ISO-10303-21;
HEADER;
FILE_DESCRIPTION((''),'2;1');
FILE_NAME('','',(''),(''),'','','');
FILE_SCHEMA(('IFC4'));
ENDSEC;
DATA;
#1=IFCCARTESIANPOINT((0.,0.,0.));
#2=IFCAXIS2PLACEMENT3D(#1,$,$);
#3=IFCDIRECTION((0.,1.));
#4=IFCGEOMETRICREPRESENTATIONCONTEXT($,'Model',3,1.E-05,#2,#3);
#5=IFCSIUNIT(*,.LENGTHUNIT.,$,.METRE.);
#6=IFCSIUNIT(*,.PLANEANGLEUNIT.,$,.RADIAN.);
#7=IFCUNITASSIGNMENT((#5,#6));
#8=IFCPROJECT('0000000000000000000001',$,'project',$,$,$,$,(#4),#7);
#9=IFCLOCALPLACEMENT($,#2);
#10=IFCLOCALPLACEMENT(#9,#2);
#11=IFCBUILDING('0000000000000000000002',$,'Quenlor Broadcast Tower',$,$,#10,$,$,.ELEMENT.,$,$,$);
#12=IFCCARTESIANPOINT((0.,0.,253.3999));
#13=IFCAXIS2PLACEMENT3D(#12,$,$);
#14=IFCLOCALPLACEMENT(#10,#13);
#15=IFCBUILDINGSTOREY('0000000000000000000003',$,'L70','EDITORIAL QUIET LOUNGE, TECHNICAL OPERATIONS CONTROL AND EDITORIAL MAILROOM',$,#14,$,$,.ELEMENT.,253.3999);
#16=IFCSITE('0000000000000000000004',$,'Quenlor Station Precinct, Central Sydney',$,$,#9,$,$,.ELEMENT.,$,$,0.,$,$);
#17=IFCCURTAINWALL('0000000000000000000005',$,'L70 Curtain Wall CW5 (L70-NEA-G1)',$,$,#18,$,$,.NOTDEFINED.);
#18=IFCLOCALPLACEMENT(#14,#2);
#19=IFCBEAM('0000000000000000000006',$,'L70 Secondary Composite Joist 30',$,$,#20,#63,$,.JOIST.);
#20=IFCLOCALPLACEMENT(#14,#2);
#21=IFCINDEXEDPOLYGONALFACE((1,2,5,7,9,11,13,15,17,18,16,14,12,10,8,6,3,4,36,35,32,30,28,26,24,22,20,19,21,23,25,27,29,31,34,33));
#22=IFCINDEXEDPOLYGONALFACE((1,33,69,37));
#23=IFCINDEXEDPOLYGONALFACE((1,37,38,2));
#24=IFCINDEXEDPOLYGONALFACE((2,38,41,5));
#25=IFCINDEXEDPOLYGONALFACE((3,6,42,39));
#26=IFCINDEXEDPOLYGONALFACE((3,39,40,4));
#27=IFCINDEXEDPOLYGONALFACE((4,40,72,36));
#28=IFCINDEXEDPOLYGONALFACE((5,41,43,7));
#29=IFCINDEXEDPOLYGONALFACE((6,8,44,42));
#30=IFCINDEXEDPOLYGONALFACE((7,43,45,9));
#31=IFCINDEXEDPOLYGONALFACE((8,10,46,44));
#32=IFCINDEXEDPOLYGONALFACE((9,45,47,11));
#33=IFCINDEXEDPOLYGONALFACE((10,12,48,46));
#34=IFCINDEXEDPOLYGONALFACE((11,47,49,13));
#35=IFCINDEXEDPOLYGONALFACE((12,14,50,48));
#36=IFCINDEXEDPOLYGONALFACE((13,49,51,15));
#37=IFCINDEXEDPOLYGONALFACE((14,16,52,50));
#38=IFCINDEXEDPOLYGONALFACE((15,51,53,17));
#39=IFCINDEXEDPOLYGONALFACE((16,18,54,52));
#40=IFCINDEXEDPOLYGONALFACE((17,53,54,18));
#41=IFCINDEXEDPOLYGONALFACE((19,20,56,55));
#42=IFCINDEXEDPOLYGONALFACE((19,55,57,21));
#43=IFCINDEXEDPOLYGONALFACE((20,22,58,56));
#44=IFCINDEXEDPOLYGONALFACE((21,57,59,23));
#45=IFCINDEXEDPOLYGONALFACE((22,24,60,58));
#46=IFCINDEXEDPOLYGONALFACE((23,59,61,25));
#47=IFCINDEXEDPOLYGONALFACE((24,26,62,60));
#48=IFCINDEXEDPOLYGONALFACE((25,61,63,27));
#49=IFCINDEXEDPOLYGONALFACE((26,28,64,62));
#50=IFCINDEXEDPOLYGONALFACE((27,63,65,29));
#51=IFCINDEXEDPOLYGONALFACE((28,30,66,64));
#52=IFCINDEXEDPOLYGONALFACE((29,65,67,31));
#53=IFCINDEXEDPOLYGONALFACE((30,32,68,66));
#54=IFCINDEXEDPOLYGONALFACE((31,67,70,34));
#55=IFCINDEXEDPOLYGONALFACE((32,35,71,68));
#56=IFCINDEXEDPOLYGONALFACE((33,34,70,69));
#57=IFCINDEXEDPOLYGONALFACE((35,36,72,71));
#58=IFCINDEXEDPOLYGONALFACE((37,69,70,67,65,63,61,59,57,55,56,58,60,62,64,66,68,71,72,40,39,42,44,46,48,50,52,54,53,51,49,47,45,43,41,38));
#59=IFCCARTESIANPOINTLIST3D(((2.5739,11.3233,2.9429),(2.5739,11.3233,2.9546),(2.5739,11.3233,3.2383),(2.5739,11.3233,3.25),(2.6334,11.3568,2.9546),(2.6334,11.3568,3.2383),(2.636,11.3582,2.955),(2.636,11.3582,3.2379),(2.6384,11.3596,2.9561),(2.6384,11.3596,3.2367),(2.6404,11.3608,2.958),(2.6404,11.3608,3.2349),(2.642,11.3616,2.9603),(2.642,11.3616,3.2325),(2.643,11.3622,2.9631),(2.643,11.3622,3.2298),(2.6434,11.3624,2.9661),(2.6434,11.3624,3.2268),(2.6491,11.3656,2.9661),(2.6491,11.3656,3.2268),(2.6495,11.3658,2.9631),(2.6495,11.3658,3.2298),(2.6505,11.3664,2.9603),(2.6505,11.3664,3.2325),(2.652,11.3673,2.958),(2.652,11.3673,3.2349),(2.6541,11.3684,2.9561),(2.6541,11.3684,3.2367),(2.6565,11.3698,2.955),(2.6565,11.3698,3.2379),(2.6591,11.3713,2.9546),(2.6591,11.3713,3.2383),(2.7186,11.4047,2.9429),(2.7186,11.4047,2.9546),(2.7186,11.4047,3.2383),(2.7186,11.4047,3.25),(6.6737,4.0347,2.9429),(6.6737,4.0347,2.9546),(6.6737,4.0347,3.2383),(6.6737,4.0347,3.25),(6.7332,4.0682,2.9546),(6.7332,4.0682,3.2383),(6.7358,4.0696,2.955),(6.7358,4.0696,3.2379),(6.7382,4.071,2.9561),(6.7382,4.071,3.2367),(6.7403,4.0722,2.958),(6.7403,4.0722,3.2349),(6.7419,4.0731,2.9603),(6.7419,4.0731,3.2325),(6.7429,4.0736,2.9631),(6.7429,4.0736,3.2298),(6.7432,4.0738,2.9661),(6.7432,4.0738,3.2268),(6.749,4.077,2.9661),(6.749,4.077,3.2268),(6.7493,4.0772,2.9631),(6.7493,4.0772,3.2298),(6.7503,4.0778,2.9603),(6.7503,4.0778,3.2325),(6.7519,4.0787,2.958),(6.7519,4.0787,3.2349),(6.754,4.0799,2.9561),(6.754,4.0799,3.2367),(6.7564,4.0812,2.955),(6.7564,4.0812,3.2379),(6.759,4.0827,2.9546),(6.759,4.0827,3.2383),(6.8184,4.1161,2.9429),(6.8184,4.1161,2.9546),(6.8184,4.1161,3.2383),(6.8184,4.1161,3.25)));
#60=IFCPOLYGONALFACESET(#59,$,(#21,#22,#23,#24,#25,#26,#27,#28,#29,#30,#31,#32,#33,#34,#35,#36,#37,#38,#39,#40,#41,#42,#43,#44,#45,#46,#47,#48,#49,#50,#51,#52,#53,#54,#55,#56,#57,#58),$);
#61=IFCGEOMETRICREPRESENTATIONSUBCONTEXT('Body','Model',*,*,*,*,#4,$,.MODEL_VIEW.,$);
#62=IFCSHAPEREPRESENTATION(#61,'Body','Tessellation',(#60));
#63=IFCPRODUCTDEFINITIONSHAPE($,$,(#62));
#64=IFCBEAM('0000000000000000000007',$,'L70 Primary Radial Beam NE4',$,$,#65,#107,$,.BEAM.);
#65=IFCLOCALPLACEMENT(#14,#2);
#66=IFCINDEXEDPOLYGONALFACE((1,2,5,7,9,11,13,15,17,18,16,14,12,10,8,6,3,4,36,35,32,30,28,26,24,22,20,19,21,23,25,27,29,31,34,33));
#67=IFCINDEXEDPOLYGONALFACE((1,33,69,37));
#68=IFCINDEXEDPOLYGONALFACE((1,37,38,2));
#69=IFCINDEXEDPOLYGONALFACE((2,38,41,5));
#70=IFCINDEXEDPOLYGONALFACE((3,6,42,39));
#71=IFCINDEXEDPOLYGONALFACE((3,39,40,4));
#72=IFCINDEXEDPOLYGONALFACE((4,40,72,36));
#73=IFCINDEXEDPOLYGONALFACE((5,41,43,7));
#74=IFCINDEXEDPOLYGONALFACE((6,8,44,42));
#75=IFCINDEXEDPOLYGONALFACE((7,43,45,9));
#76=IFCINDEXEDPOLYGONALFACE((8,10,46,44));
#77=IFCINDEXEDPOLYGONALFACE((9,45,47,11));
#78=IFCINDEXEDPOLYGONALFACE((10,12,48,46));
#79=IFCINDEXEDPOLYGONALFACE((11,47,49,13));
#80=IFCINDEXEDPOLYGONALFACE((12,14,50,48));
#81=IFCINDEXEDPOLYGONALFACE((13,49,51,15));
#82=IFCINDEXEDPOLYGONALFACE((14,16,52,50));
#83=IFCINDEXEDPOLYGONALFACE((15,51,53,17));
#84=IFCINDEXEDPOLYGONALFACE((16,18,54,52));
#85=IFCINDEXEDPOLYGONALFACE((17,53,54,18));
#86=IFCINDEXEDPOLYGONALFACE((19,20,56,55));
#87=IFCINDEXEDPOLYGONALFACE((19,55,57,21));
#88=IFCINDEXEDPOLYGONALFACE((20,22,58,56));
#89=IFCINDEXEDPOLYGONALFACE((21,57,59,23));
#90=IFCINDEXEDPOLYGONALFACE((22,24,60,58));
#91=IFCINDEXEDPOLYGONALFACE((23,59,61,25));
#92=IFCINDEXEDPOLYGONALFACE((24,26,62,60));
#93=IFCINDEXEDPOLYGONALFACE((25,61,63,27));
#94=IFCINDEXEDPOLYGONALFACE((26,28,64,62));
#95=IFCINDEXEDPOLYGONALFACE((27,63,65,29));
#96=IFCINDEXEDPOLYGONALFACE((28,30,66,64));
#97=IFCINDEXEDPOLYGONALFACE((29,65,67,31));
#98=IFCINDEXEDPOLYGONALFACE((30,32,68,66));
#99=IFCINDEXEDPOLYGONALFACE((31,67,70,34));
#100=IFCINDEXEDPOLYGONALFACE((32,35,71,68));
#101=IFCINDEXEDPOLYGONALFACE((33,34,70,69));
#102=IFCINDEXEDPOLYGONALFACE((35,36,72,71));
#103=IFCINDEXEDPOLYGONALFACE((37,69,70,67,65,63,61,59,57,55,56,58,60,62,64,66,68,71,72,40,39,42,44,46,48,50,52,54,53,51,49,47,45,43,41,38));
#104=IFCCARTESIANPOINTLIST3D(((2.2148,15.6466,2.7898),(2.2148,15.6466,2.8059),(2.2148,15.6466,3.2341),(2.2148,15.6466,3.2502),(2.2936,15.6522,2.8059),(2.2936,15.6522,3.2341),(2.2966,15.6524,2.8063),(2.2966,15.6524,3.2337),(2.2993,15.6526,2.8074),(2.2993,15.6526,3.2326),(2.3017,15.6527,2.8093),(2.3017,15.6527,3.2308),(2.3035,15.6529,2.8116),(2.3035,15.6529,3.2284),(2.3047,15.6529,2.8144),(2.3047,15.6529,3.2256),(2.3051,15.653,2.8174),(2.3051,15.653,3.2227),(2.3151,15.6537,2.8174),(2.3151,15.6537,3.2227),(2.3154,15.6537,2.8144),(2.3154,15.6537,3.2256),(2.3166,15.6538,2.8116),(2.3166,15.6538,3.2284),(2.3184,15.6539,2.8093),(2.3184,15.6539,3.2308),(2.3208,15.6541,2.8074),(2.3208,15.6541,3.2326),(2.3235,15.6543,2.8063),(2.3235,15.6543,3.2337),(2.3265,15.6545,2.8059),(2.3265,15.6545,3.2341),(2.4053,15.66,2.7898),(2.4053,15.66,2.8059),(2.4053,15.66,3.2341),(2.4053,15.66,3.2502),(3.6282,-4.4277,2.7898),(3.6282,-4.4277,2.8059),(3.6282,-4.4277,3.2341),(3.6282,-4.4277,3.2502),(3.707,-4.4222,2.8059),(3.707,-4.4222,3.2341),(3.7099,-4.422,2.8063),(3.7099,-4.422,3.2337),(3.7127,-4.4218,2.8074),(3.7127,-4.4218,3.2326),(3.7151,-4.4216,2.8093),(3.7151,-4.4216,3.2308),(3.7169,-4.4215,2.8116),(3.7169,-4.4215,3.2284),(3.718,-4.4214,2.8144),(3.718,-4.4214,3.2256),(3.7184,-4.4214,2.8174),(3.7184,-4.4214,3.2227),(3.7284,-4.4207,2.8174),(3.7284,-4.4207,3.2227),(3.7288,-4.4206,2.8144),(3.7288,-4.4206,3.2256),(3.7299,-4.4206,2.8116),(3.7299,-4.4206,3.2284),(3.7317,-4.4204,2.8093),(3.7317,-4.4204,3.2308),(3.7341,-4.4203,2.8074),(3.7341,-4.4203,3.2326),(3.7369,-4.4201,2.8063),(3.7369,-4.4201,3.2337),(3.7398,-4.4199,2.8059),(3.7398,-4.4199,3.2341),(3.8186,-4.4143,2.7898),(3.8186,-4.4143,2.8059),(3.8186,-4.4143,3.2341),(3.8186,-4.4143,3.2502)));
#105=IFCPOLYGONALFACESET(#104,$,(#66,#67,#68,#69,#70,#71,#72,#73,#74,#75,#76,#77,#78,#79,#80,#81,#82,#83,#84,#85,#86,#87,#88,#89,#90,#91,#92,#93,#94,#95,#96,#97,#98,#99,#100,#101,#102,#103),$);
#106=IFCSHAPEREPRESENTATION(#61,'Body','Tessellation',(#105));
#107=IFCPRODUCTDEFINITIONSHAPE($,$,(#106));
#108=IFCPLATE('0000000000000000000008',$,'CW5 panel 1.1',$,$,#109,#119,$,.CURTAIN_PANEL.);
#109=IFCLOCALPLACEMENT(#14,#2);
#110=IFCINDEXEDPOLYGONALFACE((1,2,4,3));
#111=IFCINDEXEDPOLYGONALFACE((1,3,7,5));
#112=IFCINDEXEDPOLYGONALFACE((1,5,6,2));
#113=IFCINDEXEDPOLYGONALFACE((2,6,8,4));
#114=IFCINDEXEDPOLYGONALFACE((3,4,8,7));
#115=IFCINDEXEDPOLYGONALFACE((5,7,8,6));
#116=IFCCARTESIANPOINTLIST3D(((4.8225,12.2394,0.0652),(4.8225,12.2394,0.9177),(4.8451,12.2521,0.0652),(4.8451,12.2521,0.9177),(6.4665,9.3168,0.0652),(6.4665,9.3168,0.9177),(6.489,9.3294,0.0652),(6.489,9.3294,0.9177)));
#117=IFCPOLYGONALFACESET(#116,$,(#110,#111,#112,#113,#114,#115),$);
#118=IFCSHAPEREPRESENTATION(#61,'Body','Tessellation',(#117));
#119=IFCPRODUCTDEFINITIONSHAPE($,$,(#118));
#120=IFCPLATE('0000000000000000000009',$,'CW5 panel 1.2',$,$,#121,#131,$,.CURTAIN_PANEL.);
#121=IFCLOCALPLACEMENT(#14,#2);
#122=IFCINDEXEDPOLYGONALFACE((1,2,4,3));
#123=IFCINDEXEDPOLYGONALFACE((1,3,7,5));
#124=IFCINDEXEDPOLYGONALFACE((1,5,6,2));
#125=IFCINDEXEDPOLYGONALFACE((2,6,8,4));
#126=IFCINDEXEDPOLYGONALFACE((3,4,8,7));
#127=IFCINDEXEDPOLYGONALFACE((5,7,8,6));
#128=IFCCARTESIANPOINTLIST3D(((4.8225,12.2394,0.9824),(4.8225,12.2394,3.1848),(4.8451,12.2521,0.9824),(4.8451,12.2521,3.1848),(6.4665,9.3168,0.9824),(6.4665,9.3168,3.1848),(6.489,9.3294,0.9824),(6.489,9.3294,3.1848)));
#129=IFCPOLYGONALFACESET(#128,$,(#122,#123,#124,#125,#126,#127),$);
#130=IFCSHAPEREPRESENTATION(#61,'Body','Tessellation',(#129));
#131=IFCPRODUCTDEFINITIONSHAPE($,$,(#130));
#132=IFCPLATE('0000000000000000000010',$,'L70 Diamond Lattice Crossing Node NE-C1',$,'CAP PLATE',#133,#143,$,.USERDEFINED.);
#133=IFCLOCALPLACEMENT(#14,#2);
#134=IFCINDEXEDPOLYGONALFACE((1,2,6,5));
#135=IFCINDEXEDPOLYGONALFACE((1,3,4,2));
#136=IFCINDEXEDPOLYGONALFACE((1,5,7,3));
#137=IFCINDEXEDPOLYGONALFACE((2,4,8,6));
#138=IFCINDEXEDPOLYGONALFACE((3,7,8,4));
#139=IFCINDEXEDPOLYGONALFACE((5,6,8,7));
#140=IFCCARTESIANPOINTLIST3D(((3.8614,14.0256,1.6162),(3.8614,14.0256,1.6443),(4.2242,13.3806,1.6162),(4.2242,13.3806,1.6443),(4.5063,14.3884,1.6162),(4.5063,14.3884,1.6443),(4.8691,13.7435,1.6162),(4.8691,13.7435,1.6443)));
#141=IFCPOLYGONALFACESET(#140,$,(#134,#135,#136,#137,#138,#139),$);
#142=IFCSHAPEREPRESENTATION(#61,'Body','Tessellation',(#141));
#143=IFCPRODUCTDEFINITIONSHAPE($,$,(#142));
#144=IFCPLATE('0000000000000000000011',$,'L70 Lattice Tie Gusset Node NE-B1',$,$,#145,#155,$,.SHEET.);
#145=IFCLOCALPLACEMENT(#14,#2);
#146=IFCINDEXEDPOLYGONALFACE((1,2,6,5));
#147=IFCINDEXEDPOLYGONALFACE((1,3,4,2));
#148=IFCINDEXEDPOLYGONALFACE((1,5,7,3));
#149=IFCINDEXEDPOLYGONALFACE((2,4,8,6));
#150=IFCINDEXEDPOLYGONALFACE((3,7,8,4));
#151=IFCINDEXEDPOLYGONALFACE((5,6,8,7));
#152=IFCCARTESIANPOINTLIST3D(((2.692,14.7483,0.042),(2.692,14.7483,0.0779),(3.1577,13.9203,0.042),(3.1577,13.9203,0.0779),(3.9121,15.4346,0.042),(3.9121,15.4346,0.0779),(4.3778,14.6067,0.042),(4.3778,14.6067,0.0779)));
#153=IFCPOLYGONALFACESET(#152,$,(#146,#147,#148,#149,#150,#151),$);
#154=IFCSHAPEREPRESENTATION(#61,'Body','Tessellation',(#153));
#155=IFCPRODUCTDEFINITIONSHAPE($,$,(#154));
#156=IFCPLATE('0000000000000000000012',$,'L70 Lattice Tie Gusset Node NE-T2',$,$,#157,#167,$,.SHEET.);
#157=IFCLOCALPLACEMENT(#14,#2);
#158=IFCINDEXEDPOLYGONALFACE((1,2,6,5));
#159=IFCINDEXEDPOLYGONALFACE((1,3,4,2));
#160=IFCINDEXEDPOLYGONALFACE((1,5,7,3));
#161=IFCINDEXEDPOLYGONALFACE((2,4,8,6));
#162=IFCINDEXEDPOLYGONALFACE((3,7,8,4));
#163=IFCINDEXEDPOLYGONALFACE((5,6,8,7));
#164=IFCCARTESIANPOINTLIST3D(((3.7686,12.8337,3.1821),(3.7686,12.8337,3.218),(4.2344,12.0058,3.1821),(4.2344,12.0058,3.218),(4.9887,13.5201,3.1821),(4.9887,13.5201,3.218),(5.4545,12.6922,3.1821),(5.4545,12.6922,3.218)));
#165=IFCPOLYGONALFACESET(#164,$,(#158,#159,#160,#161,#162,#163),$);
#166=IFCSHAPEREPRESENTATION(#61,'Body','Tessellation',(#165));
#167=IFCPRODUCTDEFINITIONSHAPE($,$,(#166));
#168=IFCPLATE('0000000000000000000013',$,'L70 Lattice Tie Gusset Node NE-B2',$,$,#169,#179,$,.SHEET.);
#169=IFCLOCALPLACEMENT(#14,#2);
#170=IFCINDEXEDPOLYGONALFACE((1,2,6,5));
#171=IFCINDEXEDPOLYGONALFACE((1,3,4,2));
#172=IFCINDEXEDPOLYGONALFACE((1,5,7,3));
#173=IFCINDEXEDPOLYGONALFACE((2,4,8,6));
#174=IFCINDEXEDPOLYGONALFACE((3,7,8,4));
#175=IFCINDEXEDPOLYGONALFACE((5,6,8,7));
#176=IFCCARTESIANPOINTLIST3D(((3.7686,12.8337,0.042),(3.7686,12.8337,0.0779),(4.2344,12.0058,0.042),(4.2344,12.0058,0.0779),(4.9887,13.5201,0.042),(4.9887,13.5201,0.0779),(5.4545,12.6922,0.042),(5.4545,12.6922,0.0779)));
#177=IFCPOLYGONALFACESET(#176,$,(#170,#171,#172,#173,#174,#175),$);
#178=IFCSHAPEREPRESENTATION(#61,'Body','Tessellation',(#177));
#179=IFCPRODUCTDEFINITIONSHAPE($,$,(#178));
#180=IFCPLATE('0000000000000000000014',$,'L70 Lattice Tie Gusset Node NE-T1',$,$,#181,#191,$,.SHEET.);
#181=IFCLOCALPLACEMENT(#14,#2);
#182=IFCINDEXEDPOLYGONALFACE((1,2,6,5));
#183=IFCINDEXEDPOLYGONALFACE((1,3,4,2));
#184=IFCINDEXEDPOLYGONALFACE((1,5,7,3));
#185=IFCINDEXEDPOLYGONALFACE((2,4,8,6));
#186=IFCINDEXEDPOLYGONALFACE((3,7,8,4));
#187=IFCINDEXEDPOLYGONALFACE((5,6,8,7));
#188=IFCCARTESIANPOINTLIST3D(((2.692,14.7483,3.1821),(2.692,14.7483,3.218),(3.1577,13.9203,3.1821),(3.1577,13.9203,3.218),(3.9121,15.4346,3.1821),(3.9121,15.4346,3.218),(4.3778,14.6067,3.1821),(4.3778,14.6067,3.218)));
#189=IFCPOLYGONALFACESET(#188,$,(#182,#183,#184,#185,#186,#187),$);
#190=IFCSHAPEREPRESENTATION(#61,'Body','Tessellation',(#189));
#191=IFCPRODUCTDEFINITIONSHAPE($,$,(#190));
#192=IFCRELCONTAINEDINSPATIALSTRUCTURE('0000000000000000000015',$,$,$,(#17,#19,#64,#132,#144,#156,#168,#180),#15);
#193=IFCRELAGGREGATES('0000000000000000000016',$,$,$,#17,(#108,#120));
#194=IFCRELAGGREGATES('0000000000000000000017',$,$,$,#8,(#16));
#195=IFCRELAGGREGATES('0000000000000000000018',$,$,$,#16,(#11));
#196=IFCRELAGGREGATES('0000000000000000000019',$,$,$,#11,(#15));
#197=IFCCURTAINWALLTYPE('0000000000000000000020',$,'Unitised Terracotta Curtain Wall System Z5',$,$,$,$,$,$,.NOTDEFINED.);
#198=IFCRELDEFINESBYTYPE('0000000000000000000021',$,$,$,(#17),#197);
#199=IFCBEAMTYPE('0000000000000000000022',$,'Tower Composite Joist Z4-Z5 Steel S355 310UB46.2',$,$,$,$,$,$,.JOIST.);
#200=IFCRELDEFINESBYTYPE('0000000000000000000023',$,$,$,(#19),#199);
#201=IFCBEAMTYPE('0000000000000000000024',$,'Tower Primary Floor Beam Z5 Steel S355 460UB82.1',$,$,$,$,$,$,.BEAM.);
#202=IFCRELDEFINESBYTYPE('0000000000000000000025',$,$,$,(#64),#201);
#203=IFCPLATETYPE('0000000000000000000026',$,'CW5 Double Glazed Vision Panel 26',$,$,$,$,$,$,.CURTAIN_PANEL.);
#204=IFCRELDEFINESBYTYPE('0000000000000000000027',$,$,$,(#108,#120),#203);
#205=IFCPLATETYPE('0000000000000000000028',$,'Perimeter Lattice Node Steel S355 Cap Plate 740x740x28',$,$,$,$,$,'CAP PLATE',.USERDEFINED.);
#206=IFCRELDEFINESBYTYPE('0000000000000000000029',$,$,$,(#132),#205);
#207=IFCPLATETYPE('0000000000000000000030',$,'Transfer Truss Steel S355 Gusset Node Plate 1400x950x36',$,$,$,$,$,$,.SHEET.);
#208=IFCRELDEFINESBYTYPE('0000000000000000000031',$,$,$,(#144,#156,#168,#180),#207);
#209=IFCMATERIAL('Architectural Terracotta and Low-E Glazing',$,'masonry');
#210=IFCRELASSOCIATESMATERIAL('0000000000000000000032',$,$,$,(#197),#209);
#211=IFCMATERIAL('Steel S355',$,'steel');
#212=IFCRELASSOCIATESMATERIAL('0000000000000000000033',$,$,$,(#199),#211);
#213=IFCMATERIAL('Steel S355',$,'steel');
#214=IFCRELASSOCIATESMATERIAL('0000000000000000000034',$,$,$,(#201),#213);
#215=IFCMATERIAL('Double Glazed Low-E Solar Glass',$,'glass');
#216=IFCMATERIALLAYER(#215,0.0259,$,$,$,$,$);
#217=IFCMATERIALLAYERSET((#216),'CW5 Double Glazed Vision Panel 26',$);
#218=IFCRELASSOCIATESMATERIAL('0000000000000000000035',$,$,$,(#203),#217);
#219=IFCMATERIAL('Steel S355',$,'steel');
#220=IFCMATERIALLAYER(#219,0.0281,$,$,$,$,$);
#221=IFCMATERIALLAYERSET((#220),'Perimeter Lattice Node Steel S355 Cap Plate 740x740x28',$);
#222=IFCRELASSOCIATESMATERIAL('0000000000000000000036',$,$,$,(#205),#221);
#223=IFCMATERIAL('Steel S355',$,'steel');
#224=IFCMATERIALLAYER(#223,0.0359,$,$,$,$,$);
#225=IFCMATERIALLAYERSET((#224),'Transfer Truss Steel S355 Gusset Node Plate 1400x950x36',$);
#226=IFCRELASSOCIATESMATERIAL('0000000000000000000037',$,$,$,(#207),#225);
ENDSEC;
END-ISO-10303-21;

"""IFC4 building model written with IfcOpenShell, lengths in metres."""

from ifc_helpers import new_model, si_unit, direction, frame, origin, origin_2d, place, context, subcontext, project, spatial, rectangle, i_section, extrude, material, layer, layer_set, material_profile, profile_set, type_object, element, aggregate, save


model = new_model("IFC4")

# Units and contexts
model_context = context("Model", 3, precision=1e-05, world=origin(), true_north=direction((0.0, 1.0)))
body_context = subcontext(model_context, "Body", "Model", "MODEL_VIEW")
ifc_project = project(units=[si_unit("LENGTHUNIT", "METRE"), si_unit("PLANEANGLEUNIT", "RADIAN")], contexts=[model_context])

# Site, building, storey
site_placement = place(None, origin())
site = spatial("IfcSite", under=ifc_project, at=site_placement, Name="Quenlor Station Precinct, Central Sydney", CompositionType="ELEMENT", RefElevation=0.0)
building_placement = place(site_placement, origin())
building = spatial("IfcBuilding", under=site, at=building_placement, Name="Quenlor Broadcast Tower", CompositionType="ELEMENT")
storey_placement = place(building_placement, frame((0.0, 0.0, 253.3999)))
storey = spatial("IfcBuildingStorey", under=building, at=storey_placement, Name="L70", Description="EDITORIAL QUIET LOUNGE, TECHNICAL OPERATIONS CONTROL AND EDITORIAL MAILROOM", CompositionType="ELEMENT", Elevation=253.3999)

# Curtain wall
ifc_material_1 = material(Name="Architectural Terracotta and Low-E Glazing", Category="masonry")
curtain_wall_type = type_object("IfcCurtainWallType", Name="Unitised Terracotta Curtain Wall System Z5", PredefinedType="NOTDEFINED", material=ifc_material_1)
curtain_wall_placement = place(storey_placement, origin())
curtain_wall = element("IfcCurtainWall", 1, at=curtain_wall_placement, inside=storey, type_object=curtain_wall_type, Name="L70 Curtain Wall CW5 (L70-NEA-G1)", PredefinedType="NOTDEFINED")

# Beams
ifc_material_2 = material(Name="Steel S355", Category="steel")
ifc_material_profile_1 = material_profile(ifc_material_2, i_section(OverallWidth=0.166, OverallDepth=0.3071, WebThickness=0.0066, FlangeThickness=0.0117, FilletRadius=0.0115, at=origin_2d()))
ifc_profile_set_1 = profile_set([ifc_material_profile_1], Name="Steel S355 310UB46.2")
beam_type_1 = type_object("IfcBeamType", Name="Tower Composite Joist Z4-Z5 Steel S355 310UB46.2", PredefinedType="JOIST", material=ifc_profile_set_1)
beam_1_placement = place(storey_placement, frame((2.6462, 11.364, 3.0964), z_axis=(0.490264, -0.871574, 0.0), x_axis=(0.871574, 0.490264, 0.0)))
element("IfcBeam", 2, at=beam_1_placement, inside=storey, type_object=beam_type_1, Name="L70 Secondary Composite Joist 30", PredefinedType="JOIST", context=body_context, shape_type="SweptSolid", body=[
    extrude(i_section(OverallWidth=0.166, OverallDepth=0.3071, WebThickness=0.0066, FlangeThickness=0.0117, FilletRadius=0.0115, at=origin_2d()), origin(), (0.0, 0.0, 1.0), 8.3625),
])
ifc_material_3 = material(Name="Steel S355", Category="steel")
ifc_material_profile_2 = material_profile(ifc_material_3, i_section(OverallWidth=0.1909, OverallDepth=0.4604, WebThickness=0.01, FlangeThickness=0.0161, FilletRadius=0.0115, at=origin_2d()))
ifc_profile_set_2 = profile_set([ifc_material_profile_2], Name="Steel S355 460UB82.1")
beam_type_2 = type_object("IfcBeamType", Name="Tower Primary Floor Beam Z5 Steel S355 460UB82.1", PredefinedType="BEAM", material=ifc_profile_set_2)
beam_2_placement = place(storey_placement, frame((2.3101, 15.6533, 3.02), z_axis=(0.070231, -0.997531, 0.0), x_axis=(0.997531, 0.070231, 0.0)))
element("IfcBeam", 3, at=beam_2_placement, inside=storey, type_object=beam_type_2, Name="L70 Primary Radial Beam NE4", PredefinedType="BEAM", context=body_context, shape_type="SweptSolid", body=[
    extrude(i_section(OverallWidth=0.1909, OverallDepth=0.4604, WebThickness=0.01, FlangeThickness=0.0161, FilletRadius=0.0115, at=origin_2d()), origin(), (0.0, 0.0, 1.0), 20.124),
])

# Plates
ifc_material_4 = material(Name="Double Glazed Low-E Solar Glass", Category="glass")
ifc_layer_1 = layer(ifc_material_4, 0.0259)
ifc_layer_set_1 = layer_set([ifc_layer_1], Name="CW5 Double Glazed Vision Panel 26")
plate_type_1 = type_object("IfcPlateType", Name="CW5 Double Glazed Vision Panel 26", PredefinedType="CURTAIN_PANEL", material=ifc_layer_set_1)
plate_1_placement = place(storey_placement, frame((5.6558, 10.7844, 0.0652), z_axis=(0.0, 0.0, 1.0), x_axis=(0.49025, -0.871582, 0.0)))
plate_1 = element("IfcPlate", 4, at=plate_1_placement, type_object=plate_type_1, Name="CW5 panel 1.1", PredefinedType="CURTAIN_PANEL", context=body_context, shape_type="SweptSolid", body=[
    extrude(rectangle(XDim=3.3533, YDim=0.0259, at=origin_2d()), origin(), (0.0, 0.0, 1.0), 0.8525),
])
plate_2_placement = place(storey_placement, frame((5.6558, 10.7844, 0.9824), z_axis=(0.0, 0.0, 1.0), x_axis=(0.49025, -0.871582, 0.0)))
plate_2 = element("IfcPlate", 5, at=plate_2_placement, type_object=plate_type_1, Name="CW5 panel 1.2", PredefinedType="CURTAIN_PANEL", context=body_context, shape_type="SweptSolid", body=[
    extrude(rectangle(XDim=3.3533, YDim=0.0259, at=origin_2d()), origin(), (0.0, 0.0, 1.0), 2.2024),
])
aggregate(curtain_wall, [plate_1, plate_2])

# Plates
ifc_material_5 = material(Name="Steel S355", Category="steel")
ifc_layer_2 = layer(ifc_material_5, 0.0281)
ifc_layer_set_2 = layer_set([ifc_layer_2], Name="Perimeter Lattice Node Steel S355 Cap Plate 740x740x28")
plate_type_2 = type_object("IfcPlateType", Name="Perimeter Lattice Node Steel S355 Cap Plate 740x740x28", ElementType="CAP PLATE", PredefinedType="USERDEFINED", material=ifc_layer_set_2)
plate_3_placement = place(storey_placement, frame((4.3652, 13.8845, 1.6162), z_axis=(0.0, 0.0, 1.0), x_axis=(0.490295, -0.871556, 0.0)))
element("IfcPlate", 6, at=plate_3_placement, inside=storey, type_object=plate_type_2, Name="L70 Diamond Lattice Crossing Node NE-C1", ObjectType="CAP PLATE", PredefinedType="USERDEFINED", context=body_context, shape_type="SweptSolid", body=[
    extrude(rectangle(XDim=0.74, YDim=0.74, at=origin_2d()), origin(), (0.0, 0.0, 1.0), 0.0281),
])
ifc_material_6 = material(Name="Steel S355", Category="steel")
ifc_layer_3 = layer(ifc_material_6, 0.0359)
ifc_layer_set_3 = layer_set([ifc_layer_3], Name="Transfer Truss Steel S355 Gusset Node Plate 1400x950x36")
plate_type_3 = type_object("IfcPlateType", Name="Transfer Truss Steel S355 Gusset Node Plate 1400x950x36", PredefinedType="SHEET", material=ifc_layer_set_3)
for number, where, z_axis, x_axis, name in (
    (7, (3.5349, 14.6775, 0.042), (0.0, 0.0, 1.0), (0.871556, 0.490295, 0.0), "L70 Lattice Tie Gusset Node NE-B1"),
    (8, (4.6116, 12.7629, 3.1821), (0.0, 0.0, 1.0), (0.871556, 0.490295, 0.0), "L70 Lattice Tie Gusset Node NE-T2"),
    (9, (4.6116, 12.7629, 0.042), (0.0, 0.0, 1.0), (0.871556, 0.490295, 0.0), "L70 Lattice Tie Gusset Node NE-B2"),
    (10, (3.5349, 14.6775, 3.1821), (0.0, 0.0, 1.0), (0.871556, 0.490295, 0.0), "L70 Lattice Tie Gusset Node NE-T1"),
):
    element("IfcPlate", number, at=place(storey_placement, frame(where, z_axis=z_axis, x_axis=x_axis)), inside=storey, type_object=plate_type_3, Name=name, PredefinedType="SHEET", context=body_context, shape_type="SweptSolid", body=[
        extrude(rectangle(XDim=1.3999, YDim=0.95, at=origin_2d()), origin(), (0.0, 0.0, 1.0), 0.0359),
    ])

save(model, "model.ifc")
